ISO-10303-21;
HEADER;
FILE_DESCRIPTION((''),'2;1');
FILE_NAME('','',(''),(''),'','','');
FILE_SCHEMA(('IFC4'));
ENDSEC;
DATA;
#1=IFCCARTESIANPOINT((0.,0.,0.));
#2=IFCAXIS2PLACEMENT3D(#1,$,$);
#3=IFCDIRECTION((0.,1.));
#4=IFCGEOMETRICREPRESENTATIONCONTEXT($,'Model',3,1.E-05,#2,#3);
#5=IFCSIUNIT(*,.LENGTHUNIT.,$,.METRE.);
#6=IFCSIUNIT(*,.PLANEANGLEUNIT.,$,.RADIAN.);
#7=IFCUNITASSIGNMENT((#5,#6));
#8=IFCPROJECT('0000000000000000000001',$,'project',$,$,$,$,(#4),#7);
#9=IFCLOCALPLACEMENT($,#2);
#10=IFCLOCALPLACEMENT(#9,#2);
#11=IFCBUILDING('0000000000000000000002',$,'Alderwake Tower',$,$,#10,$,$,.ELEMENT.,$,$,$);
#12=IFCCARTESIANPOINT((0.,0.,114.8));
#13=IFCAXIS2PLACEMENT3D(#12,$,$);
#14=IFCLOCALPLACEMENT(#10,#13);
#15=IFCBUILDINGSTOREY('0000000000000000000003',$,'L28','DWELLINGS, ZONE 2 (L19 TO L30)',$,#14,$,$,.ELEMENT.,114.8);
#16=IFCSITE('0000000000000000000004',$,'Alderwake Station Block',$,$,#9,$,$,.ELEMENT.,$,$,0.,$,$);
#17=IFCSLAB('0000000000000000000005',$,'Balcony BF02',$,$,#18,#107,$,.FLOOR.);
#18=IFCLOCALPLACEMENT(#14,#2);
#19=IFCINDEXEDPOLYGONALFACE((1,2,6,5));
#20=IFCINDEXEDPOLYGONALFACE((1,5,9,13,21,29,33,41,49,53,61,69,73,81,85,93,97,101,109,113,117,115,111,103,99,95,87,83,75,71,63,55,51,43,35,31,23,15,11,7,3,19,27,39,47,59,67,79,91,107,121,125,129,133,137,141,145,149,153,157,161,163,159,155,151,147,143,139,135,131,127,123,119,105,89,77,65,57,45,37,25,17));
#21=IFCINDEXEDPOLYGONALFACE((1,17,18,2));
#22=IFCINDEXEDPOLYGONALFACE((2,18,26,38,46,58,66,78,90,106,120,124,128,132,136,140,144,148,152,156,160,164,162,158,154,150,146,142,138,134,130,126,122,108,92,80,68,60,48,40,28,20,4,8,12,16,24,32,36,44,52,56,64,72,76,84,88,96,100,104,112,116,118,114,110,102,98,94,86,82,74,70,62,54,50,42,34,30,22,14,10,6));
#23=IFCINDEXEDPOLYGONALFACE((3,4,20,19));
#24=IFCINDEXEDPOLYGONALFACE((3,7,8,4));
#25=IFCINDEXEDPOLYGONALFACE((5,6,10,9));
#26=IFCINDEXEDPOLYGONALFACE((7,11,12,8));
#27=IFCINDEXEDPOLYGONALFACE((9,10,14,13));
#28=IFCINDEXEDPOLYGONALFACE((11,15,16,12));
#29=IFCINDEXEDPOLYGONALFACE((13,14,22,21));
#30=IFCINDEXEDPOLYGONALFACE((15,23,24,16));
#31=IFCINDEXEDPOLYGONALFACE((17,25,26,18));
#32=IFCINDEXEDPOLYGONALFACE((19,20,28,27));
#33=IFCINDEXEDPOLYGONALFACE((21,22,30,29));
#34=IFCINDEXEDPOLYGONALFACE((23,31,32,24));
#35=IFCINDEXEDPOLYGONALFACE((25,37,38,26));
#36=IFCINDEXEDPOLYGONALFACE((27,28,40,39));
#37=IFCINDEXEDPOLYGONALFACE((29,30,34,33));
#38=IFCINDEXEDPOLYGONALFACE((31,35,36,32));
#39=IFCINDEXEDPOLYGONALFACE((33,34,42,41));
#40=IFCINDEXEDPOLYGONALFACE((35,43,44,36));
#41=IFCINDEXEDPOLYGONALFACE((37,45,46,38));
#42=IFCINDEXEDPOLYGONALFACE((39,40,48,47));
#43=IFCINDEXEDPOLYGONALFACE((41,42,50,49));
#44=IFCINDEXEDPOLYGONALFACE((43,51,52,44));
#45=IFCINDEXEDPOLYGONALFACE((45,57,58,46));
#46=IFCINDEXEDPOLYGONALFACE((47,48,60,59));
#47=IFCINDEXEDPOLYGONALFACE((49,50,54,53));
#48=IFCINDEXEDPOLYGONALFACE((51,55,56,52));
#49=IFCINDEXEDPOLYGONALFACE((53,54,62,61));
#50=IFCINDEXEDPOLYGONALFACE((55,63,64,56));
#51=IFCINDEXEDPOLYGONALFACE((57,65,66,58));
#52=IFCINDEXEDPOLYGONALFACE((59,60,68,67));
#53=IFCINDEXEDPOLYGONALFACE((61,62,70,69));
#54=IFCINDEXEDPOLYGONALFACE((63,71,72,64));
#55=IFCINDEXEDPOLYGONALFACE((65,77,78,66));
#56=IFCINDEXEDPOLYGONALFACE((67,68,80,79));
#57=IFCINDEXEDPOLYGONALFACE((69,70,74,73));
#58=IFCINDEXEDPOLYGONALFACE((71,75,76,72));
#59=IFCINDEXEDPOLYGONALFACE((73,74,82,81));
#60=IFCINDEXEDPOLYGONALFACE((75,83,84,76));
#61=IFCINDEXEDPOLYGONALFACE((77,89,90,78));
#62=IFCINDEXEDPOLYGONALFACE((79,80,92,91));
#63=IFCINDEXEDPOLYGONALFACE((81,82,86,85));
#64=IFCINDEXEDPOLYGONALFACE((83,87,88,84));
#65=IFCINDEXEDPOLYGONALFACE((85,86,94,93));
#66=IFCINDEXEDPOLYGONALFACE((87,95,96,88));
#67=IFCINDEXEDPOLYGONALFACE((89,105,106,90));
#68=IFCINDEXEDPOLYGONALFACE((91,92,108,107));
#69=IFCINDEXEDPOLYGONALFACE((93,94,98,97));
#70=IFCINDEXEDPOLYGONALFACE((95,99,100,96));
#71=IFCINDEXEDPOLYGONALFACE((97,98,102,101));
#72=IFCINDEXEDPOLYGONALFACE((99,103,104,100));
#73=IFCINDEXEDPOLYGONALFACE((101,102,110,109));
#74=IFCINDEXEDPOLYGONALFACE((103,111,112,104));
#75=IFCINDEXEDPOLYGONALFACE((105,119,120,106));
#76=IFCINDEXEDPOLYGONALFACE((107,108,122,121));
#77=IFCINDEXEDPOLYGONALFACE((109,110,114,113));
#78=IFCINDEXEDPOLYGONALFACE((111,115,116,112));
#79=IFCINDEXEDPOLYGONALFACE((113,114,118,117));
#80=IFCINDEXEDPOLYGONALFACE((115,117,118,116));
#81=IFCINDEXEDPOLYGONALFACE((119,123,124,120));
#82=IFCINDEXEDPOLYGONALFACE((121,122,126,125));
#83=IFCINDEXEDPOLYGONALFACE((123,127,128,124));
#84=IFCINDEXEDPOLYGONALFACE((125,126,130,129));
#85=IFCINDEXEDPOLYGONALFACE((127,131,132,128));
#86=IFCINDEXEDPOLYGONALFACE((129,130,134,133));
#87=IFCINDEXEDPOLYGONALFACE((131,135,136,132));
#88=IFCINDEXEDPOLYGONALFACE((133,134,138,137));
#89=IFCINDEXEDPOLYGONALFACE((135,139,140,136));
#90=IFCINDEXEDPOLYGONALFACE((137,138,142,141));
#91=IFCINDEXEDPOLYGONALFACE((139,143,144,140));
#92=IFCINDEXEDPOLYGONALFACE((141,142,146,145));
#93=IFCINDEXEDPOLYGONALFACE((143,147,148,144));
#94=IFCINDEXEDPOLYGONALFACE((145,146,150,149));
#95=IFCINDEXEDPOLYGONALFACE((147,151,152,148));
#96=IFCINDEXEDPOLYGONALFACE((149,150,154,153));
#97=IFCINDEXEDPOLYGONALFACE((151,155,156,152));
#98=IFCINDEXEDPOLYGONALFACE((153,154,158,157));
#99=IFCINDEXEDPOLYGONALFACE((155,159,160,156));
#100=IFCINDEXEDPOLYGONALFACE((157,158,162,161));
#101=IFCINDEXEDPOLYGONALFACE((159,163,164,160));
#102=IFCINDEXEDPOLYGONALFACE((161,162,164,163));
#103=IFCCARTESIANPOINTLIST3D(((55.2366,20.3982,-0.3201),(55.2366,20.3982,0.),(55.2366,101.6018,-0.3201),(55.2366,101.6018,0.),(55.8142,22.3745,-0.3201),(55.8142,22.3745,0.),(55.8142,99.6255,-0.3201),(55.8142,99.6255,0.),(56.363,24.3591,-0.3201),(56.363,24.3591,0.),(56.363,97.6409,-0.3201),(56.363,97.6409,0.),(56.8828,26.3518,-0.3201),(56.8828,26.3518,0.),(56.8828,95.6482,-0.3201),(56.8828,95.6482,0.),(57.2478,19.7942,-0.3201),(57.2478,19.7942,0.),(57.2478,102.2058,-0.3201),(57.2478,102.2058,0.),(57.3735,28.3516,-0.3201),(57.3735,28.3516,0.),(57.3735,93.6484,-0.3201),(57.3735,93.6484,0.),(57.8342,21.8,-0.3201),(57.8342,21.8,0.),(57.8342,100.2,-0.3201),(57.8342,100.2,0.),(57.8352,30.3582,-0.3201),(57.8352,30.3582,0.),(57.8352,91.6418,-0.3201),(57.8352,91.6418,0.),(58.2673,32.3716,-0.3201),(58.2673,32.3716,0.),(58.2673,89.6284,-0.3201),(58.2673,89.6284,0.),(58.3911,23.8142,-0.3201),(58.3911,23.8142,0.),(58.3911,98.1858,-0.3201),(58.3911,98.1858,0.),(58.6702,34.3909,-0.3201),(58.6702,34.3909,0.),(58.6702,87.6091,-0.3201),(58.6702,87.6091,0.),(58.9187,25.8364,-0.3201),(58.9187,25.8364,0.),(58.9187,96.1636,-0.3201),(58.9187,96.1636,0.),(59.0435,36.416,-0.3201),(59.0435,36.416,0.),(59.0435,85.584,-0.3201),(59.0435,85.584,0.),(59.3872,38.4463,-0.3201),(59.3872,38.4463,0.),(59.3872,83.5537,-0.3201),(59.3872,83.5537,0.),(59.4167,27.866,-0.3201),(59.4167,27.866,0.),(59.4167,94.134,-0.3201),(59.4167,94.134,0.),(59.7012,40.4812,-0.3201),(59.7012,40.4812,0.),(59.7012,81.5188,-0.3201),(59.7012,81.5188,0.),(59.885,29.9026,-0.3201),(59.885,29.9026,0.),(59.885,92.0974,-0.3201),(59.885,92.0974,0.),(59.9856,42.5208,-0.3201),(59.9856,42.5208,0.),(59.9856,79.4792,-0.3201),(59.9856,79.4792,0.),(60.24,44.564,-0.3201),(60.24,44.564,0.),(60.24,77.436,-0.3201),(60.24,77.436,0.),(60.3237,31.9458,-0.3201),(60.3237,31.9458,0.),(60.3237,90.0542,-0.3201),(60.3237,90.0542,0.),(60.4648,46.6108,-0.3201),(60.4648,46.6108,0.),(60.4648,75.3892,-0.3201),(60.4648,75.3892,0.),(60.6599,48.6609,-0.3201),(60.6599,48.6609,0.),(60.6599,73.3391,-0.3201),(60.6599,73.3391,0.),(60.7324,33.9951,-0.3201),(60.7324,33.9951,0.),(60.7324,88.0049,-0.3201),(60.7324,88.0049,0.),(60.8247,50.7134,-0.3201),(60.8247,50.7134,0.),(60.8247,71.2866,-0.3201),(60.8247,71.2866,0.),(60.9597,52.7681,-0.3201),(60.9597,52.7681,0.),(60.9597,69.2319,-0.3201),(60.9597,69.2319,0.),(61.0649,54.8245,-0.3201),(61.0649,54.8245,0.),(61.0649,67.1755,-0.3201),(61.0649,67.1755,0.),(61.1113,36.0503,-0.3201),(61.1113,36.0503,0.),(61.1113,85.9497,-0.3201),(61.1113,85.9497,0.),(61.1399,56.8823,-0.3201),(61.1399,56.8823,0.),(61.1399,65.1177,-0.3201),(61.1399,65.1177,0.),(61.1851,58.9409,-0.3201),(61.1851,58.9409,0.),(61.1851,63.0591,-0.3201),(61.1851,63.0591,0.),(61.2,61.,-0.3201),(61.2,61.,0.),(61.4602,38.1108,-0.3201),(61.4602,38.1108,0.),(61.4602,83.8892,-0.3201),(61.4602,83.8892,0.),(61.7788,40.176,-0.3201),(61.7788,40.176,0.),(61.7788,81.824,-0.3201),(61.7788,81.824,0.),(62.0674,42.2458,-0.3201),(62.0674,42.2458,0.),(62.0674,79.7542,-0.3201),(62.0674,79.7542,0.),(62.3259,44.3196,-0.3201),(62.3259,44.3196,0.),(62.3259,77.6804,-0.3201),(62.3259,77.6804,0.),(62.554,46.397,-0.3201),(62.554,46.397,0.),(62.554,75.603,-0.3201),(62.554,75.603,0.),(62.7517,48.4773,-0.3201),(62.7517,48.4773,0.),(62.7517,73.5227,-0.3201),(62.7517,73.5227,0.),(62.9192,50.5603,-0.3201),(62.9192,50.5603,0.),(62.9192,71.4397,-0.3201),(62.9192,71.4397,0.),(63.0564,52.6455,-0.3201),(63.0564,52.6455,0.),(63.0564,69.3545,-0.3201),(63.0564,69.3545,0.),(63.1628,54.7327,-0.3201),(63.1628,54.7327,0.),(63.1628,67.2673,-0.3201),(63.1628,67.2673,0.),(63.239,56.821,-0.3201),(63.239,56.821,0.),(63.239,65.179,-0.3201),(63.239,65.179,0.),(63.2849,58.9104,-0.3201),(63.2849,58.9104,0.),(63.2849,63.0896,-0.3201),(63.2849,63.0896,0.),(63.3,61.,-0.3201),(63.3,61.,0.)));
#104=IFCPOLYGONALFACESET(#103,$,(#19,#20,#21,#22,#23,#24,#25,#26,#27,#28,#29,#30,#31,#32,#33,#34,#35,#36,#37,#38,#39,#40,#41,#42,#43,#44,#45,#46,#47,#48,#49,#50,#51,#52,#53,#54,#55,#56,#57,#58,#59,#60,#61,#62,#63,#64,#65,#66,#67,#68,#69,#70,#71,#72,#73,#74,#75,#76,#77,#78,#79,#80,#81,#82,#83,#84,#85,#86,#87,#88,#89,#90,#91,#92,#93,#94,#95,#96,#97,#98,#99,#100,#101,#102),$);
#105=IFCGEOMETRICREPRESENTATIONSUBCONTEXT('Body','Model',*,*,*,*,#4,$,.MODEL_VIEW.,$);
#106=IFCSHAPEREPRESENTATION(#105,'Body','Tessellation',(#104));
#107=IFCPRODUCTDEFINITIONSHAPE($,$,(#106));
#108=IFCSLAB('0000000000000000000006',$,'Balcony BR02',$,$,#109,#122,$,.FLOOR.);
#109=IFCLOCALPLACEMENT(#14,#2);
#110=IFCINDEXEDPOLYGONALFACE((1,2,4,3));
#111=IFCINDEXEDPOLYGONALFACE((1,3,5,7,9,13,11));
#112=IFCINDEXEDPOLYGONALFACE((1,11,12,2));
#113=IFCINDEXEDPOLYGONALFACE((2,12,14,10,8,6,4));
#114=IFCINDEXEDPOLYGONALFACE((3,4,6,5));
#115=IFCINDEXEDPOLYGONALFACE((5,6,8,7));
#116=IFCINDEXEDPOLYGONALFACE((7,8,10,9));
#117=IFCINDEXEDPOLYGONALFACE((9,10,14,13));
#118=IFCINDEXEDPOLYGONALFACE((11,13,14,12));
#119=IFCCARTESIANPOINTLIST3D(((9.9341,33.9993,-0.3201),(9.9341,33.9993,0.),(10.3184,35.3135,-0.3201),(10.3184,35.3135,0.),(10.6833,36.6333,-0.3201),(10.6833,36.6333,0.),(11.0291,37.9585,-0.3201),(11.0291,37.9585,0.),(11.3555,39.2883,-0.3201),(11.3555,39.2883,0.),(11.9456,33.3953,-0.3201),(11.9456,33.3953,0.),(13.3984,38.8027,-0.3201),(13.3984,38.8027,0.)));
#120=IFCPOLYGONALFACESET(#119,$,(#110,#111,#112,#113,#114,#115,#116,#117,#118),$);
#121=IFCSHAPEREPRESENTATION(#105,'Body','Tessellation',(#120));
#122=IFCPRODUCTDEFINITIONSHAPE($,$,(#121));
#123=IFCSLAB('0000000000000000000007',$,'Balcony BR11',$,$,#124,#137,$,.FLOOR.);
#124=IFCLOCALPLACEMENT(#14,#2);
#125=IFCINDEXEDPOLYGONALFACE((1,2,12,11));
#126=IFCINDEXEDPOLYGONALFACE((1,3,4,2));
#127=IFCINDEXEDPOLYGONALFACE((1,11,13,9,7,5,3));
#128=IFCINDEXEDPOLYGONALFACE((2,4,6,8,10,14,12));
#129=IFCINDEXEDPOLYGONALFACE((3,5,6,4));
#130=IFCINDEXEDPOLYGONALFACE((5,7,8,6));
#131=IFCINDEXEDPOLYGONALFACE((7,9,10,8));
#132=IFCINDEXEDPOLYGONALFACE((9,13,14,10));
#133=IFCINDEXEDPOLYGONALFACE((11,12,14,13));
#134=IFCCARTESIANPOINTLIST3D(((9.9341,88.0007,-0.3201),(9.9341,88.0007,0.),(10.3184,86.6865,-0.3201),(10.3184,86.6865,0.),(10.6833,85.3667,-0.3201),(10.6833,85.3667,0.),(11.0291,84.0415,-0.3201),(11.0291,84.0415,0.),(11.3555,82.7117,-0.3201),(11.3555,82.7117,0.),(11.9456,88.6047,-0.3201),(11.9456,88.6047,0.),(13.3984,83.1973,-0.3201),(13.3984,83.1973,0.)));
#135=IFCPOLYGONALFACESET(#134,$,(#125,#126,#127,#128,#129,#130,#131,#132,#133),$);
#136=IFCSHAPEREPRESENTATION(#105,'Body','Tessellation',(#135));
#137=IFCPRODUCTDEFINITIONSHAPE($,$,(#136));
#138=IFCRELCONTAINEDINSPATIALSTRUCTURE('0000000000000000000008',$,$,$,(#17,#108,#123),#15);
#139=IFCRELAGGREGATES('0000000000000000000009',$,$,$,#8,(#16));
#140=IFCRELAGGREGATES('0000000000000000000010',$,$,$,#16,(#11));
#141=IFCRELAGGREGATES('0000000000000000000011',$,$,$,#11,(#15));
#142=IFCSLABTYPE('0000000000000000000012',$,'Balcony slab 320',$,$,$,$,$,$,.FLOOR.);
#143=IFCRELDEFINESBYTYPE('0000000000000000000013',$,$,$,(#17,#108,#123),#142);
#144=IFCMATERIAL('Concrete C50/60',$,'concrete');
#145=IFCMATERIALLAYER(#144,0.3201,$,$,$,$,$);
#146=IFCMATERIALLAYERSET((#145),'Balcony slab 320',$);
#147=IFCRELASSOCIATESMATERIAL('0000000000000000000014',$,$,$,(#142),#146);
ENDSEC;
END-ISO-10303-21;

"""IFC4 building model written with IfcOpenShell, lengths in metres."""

from ifc_helpers import new_model, si_unit, direction, frame, origin, place, context, subcontext, project, spatial, polyline, outline, extrude, material, layer, layer_set, type_object, element, save


model = new_model("IFC4")

# Units and contexts
model_context = context("Model", 3, precision=1e-05, world=origin(), true_north=direction((0.0, 1.0)))
body_context = subcontext(model_context, "Body", "Model", "MODEL_VIEW")
ifc_project = project(units=[si_unit("LENGTHUNIT", "METRE"), si_unit("PLANEANGLEUNIT", "RADIAN")], contexts=[model_context])

# Site, building, storey
site_placement = place(None, origin())
site = spatial("IfcSite", under=ifc_project, at=site_placement, Name="Alderwake Station Block", CompositionType="ELEMENT", RefElevation=0.0)
building_placement = place(site_placement, origin())
building = spatial("IfcBuilding", under=site, at=building_placement, Name="Alderwake Tower", CompositionType="ELEMENT")
storey_placement = place(building_placement, frame((0.0, 0.0, 114.8)))
storey = spatial("IfcBuildingStorey", under=building, at=storey_placement, Name="L28", Description="DWELLINGS, ZONE 2 (L19 TO L30)", CompositionType="ELEMENT", Elevation=114.8)

# Slabs
ifc_material_1 = material(Name="Concrete C50/60", Category="concrete")
ifc_layer_1 = layer(ifc_material_1, 0.3201)
ifc_layer_set_1 = layer_set([ifc_layer_1], Name="Balcony slab 320")
slab_type_1 = type_object("IfcSlabType", Name="Balcony slab 320", PredefinedType="FLOOR", material=ifc_layer_set_1)
slab_1_placement = place(storey_placement, frame((0.0, 0.0, -0.3201)))
element("IfcSlab", 1, at=slab_1_placement, inside=storey, type_object=slab_type_1, Name="Balcony BF02", PredefinedType="FLOOR", context=body_context, shape_type="SweptSolid", body=[
    extrude(outline(polyline([(57.2478, 19.7942), (57.8342, 21.8), (58.3911, 23.8142), (58.9187, 25.8364), (59.4167, 27.866), (59.885, 29.9026), (60.3237, 31.9458), (60.7324, 33.9951), (61.1113, 36.0503), (61.4602, 38.1108), (61.7788, 40.176), (62.0674, 42.2458), (62.3259, 44.3196), (62.554, 46.397), (62.7517, 48.4773), (62.9192, 50.5603), (63.0564, 52.6455), (63.1628, 54.7327), (63.239, 56.821), (63.2849, 58.9104), (63.3, 61.0), (63.2849, 63.0896), (63.239, 65.179), (63.1628, 67.2673), (63.0564, 69.3545), (62.9192, 71.4397), (62.7517, 73.5227), (62.554, 75.603), (62.3259, 77.6804), (62.0674, 79.7542), (61.7788, 81.824), (61.4602, 83.8892), (61.1113, 85.9497), (60.7324, 88.0049), (60.3237, 90.0542), (59.885, 92.0974), (59.4167, 94.134), (58.9187, 96.1636), (58.3911, 98.1858), (57.8342, 100.2), (57.2478, 102.2058), (55.2366, 101.6018), (55.8142, 99.6255), (56.363, 97.6409), (56.8828, 95.6482), (57.3735, 93.6484), (57.8352, 91.6418), (58.2673, 89.6284), (58.6702, 87.6091), (59.0435, 85.584), (59.3872, 83.5537), (59.7012, 81.5188), (59.9856, 79.4792), (60.24, 77.436), (60.4648, 75.3892), (60.6599, 73.3391), (60.8247, 71.2866), (60.9597, 69.2319), (61.0649, 67.1755), (61.1399, 65.1177), (61.1851, 63.0591), (61.2, 61.0), (61.1851, 58.9409), (61.1399, 56.8823), (61.0649, 54.8245), (60.9597, 52.7681), (60.8247, 50.7134), (60.6599, 48.6609), (60.4648, 46.6108), (60.24, 44.564), (59.9856, 42.5208), (59.7012, 40.4812), (59.3872, 38.4463), (59.0435, 36.416), (58.6702, 34.3909), (58.2673, 32.3716), (57.8352, 30.3582), (57.3735, 28.3516), (56.8828, 26.3518), (56.363, 24.3591), (55.8142, 22.3745), (55.2366, 20.3982), (57.2478, 19.7942)])), origin(), (0.0, 0.0, 1.0), 0.3201),
])
slab_2_placement = place(storey_placement, frame((0.0, 0.0, -0.3201)))
element("IfcSlab", 2, at=slab_2_placement, inside=storey, type_object=slab_type_1, Name="Balcony BR02", PredefinedType="FLOOR", context=body_context, shape_type="SweptSolid", body=[
    extrude(outline(polyline([(9.9341, 33.9993), (11.9456, 33.3953), (13.3984, 38.8027), (11.3555, 39.2883), (11.0291, 37.9585), (10.6833, 36.6333), (10.3184, 35.3135), (9.9341, 33.9993)])), origin(), (0.0, 0.0, 1.0), 0.3201),
])
slab_3_placement = place(storey_placement, frame((0.0, 0.0, -0.3201)))
element("IfcSlab", 3, at=slab_3_placement, inside=storey, type_object=slab_type_1, Name="Balcony BR11", PredefinedType="FLOOR", context=body_context, shape_type="SweptSolid", body=[
    extrude(outline(polyline([(11.3555, 82.7117), (13.3984, 83.1973), (11.9456, 88.6047), (9.9341, 88.0007), (10.3184, 86.6865), (10.6833, 85.3667), (11.0291, 84.0415), (11.3555, 82.7117)])), origin(), (0.0, 0.0, 1.0), 0.3201),
])

save(model, "model.ifc")
